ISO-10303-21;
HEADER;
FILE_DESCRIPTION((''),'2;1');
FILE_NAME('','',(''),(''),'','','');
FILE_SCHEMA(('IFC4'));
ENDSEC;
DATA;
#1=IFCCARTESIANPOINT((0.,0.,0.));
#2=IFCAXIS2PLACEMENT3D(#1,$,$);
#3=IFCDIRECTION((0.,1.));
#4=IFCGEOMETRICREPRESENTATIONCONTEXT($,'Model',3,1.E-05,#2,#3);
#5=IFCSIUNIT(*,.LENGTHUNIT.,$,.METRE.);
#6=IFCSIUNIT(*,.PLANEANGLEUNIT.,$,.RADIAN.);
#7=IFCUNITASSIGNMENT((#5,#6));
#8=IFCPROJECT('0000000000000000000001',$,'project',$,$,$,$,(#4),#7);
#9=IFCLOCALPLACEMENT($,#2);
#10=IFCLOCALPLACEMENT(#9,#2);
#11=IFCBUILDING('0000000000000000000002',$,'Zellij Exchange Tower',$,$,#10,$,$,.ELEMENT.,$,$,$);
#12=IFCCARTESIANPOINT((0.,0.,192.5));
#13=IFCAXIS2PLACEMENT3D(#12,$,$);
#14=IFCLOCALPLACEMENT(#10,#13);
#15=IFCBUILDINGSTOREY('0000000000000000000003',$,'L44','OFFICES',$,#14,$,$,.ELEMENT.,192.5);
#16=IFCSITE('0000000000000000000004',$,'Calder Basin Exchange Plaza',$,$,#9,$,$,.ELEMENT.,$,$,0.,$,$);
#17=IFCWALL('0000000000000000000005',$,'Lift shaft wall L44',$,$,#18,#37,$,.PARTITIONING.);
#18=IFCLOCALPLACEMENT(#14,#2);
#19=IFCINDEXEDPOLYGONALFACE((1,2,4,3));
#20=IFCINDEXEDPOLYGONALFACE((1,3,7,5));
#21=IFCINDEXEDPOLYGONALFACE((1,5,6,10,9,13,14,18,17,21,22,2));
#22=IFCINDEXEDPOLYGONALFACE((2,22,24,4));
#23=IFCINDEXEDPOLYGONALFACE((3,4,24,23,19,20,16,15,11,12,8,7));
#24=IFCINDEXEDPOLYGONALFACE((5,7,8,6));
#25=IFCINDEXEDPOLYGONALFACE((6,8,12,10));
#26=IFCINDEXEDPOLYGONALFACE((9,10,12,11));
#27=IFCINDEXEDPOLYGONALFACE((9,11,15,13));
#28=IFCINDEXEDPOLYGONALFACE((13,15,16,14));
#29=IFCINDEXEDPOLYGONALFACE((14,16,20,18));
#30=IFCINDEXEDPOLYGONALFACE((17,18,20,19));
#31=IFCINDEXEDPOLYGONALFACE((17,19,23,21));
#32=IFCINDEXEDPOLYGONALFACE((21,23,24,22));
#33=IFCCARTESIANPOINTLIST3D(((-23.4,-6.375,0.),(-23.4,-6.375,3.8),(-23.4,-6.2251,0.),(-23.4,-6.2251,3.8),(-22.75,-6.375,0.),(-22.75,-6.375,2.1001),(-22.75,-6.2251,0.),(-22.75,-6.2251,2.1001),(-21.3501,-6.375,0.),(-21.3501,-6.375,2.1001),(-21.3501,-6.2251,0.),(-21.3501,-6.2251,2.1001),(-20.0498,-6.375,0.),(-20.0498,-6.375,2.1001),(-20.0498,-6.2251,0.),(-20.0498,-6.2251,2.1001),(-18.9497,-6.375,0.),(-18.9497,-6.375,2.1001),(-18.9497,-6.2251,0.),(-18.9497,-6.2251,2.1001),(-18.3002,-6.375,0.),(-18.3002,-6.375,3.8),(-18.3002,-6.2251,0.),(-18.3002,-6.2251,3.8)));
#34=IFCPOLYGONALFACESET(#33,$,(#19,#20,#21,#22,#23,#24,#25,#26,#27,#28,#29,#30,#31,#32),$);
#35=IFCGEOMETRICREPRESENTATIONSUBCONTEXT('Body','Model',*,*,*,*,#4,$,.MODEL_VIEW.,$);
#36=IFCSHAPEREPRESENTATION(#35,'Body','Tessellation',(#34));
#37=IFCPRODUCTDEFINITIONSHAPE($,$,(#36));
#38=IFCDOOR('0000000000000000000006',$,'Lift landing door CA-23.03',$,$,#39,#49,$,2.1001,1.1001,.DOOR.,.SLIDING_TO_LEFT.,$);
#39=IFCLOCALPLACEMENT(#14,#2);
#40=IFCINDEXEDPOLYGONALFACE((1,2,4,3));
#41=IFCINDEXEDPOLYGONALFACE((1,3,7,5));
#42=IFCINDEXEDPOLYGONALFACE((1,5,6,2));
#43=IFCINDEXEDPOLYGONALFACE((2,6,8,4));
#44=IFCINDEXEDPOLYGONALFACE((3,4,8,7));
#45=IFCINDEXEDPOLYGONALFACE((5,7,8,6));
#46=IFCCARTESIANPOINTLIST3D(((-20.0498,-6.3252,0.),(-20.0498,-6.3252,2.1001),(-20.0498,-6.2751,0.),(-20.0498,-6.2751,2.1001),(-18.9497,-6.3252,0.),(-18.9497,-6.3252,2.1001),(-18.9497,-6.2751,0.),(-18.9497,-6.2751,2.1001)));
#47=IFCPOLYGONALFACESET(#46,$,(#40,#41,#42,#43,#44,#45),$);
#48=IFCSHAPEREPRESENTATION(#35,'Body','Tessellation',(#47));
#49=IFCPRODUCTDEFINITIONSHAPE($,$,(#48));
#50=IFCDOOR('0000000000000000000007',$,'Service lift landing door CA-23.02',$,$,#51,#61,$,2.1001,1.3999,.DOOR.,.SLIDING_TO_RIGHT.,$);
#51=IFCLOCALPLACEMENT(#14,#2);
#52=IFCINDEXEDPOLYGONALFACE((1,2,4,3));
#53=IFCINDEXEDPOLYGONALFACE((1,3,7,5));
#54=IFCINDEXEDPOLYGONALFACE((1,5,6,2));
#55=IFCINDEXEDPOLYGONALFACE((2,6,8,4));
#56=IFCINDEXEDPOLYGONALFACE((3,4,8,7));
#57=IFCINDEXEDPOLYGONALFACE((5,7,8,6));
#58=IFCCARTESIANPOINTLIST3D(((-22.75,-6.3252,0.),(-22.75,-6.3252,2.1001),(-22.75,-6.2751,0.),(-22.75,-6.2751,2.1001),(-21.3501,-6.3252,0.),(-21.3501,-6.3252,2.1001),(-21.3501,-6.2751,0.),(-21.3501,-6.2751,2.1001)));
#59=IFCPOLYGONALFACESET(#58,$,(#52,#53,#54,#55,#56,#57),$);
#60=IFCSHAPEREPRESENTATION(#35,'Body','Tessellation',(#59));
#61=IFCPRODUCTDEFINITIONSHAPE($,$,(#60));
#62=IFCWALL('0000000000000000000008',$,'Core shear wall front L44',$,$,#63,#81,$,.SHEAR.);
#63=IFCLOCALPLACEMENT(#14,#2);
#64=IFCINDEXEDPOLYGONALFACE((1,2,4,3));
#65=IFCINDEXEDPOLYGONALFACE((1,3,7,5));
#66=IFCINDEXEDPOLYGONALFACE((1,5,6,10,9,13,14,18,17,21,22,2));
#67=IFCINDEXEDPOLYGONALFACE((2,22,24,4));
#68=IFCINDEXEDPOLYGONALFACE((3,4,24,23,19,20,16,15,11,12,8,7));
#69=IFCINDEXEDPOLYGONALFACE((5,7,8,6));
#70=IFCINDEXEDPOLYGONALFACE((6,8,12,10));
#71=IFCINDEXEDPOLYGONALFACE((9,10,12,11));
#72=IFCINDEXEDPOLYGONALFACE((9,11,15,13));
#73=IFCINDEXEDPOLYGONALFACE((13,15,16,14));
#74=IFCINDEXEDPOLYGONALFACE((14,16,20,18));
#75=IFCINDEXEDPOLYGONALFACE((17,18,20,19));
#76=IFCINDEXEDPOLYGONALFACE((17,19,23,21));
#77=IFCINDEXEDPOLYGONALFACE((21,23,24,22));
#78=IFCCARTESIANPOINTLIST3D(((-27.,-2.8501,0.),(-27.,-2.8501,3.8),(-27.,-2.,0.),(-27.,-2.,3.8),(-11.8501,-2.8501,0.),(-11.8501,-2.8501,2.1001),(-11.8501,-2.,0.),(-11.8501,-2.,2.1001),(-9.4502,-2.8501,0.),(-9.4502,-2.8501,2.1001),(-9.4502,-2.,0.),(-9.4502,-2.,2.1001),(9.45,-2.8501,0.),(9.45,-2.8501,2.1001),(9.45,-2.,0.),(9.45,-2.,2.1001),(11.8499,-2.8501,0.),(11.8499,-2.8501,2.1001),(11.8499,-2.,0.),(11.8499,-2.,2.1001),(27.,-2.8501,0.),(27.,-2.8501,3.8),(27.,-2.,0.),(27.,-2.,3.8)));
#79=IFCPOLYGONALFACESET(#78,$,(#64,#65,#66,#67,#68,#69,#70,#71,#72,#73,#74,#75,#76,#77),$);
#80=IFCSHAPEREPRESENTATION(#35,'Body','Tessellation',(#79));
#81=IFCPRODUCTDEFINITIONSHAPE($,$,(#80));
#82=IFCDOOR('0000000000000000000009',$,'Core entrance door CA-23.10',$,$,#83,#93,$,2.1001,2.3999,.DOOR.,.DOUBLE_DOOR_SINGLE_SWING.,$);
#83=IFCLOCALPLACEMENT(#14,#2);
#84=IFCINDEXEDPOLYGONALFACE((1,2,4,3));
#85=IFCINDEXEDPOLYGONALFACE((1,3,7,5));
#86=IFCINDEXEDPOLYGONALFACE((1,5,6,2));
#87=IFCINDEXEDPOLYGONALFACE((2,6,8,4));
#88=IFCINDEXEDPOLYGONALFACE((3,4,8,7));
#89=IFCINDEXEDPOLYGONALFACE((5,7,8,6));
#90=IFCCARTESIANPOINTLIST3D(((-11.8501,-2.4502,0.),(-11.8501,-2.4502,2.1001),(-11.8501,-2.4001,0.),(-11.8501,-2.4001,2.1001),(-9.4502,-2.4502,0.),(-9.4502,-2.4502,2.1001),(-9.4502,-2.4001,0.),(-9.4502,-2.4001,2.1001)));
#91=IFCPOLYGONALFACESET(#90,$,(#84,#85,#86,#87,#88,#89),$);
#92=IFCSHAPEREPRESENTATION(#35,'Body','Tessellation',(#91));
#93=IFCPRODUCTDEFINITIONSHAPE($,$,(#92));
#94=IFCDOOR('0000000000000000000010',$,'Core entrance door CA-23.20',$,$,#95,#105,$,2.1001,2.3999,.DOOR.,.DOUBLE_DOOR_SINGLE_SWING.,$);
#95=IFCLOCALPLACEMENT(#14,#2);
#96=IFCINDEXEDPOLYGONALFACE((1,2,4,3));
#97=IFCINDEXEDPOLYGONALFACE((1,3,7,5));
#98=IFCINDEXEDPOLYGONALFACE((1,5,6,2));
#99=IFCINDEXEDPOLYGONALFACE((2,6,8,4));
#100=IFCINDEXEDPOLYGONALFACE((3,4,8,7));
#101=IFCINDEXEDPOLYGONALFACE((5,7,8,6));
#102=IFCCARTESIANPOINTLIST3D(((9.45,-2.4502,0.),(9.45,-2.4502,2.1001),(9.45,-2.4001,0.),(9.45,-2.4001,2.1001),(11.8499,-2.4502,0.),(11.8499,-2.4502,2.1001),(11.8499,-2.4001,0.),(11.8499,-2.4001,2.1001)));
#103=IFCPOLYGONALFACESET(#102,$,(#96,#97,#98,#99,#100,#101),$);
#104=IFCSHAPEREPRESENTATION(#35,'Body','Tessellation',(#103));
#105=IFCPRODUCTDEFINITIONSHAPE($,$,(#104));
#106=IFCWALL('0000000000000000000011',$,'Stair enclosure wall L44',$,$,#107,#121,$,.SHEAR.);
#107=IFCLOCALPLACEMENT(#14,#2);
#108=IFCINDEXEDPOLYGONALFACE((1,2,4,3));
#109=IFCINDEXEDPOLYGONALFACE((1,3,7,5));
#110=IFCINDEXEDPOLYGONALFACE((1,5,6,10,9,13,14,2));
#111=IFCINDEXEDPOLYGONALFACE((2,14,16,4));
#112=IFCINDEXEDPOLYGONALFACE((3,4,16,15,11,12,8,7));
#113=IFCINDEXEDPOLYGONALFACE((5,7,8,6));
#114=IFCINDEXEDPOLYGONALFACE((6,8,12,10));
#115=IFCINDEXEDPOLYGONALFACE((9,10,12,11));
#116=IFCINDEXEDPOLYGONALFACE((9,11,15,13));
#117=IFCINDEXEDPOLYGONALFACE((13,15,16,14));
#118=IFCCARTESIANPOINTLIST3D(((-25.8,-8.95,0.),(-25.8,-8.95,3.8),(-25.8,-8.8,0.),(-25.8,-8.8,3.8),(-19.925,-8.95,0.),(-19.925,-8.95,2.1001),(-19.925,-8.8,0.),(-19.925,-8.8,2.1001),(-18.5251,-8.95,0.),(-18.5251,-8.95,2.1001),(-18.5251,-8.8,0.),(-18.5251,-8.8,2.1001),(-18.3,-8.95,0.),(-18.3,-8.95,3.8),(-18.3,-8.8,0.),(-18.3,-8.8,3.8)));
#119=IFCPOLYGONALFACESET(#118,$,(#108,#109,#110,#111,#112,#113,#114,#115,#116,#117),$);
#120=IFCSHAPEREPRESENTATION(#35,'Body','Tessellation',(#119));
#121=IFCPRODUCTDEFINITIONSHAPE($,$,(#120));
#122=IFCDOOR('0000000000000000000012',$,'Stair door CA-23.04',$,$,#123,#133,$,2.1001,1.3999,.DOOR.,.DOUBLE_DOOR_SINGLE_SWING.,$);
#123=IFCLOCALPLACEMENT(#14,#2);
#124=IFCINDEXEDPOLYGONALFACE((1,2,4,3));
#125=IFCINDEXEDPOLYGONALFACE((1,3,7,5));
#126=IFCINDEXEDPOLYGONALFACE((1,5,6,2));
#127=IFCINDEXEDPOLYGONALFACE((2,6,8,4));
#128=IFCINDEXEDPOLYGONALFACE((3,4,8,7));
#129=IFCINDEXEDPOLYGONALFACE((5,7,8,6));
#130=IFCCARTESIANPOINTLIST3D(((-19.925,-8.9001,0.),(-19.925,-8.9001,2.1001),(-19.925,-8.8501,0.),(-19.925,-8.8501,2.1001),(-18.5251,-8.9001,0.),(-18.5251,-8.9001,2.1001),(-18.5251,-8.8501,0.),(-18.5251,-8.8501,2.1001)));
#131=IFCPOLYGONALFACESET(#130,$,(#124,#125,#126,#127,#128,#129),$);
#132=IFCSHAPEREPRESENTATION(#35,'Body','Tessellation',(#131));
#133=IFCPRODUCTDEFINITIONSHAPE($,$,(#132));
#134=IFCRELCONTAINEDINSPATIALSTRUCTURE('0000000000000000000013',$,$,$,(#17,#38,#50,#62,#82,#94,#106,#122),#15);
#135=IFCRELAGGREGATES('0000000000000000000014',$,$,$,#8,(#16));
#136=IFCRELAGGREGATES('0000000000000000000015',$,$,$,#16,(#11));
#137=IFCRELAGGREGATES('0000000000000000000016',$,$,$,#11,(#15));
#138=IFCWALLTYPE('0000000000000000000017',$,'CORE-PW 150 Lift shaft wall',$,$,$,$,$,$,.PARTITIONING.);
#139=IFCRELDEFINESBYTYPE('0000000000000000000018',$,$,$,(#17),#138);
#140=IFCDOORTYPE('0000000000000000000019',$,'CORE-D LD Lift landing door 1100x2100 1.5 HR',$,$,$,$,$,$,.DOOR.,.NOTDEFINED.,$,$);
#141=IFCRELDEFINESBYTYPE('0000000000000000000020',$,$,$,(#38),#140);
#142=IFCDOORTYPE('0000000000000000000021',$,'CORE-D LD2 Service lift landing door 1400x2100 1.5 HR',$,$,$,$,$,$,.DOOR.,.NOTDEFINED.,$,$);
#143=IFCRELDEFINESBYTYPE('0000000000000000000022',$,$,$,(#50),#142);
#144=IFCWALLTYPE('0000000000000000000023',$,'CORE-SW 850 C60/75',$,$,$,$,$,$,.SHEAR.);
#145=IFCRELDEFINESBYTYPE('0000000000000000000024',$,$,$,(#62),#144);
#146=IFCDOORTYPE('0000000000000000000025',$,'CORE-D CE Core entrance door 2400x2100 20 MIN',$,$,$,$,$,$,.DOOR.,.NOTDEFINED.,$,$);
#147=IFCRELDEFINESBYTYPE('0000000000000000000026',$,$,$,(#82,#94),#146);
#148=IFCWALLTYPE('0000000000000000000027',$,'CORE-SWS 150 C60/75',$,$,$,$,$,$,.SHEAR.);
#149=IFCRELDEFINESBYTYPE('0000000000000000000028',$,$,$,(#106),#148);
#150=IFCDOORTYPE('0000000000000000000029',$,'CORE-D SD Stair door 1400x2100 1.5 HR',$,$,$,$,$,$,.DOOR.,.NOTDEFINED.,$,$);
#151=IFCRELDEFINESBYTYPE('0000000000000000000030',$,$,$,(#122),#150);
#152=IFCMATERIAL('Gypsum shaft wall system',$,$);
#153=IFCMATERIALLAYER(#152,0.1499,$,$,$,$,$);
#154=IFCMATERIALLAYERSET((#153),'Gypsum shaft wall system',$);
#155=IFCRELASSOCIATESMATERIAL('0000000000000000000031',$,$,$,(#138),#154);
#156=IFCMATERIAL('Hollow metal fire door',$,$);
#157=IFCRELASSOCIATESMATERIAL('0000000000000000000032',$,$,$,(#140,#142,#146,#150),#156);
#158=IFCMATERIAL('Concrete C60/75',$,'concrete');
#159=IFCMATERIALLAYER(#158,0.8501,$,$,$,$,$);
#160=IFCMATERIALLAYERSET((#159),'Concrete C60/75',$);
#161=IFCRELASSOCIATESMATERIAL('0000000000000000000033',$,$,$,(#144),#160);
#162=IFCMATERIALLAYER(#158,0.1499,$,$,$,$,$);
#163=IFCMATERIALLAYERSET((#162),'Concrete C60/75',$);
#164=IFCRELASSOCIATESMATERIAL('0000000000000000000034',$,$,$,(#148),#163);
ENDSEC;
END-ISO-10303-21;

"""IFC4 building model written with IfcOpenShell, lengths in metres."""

from ifc_helpers import new_model, si_unit, direction, frame, frame_2d, origin, place, context, subcontext, project, spatial, rectangle, extrude, material, layer, layer_set, type_object, element, fill, save


model = new_model("IFC4")

# Units and contexts
model_context = context("Model", 3, precision=1e-05, world=origin(), true_north=direction((0.0, 1.0)))
body_context = subcontext(model_context, "Body", "Model", "MODEL_VIEW")
ifc_project = project(units=[si_unit("LENGTHUNIT", "METRE"), si_unit("PLANEANGLEUNIT", "RADIAN")], contexts=[model_context])

# Site, building, storey
site_placement = place(None, origin())
site = spatial("IfcSite", under=ifc_project, at=site_placement, Name="Calder Basin Exchange Plaza", CompositionType="ELEMENT", RefElevation=0.0)
building_placement = place(site_placement, origin())
building = spatial("IfcBuilding", under=site, at=building_placement, Name="Zellij Exchange Tower", CompositionType="ELEMENT")
storey_placement = place(building_placement, frame((0.0, 0.0, 192.5)))
storey = spatial("IfcBuildingStorey", under=building, at=storey_placement, Name="L44", Description="OFFICES", CompositionType="ELEMENT", Elevation=192.5)

# Shared definitions
ifc_material_1 = material(Name="Hollow metal fire door")

# Shared definitions
ifc_material_2 = material(Name="Gypsum shaft wall system")
ifc_layer_1 = layer(ifc_material_2, 0.1499)
ifc_layer_set_1 = layer_set([ifc_layer_1], Name="Gypsum shaft wall system")
wall_type_1 = type_object("IfcWallType", Name="CORE-PW 150 Lift shaft wall", PredefinedType="PARTITIONING", material=ifc_layer_set_1)

# Walls, openings, doors
wall_1_placement = place(storey_placement, frame((-23.3999, -6.3, 0.0), z_axis=(0.0, 0.0, 1.0), x_axis=(1.0, 0.0, 0.0)))
wall_1 = element("IfcWall", 1, at=wall_1_placement, inside=storey, type_object=wall_type_1, Name="Lift shaft wall L44", PredefinedType="PARTITIONING", context=body_context, shape_type="SweptSolid", body=[
    extrude(rectangle(XDim=5.0999, YDim=0.1499, at=frame_2d((2.5498, 0.0))), origin(), (0.0, 0.0, 1.0), 3.8),
])
opening_1_placement = place(wall_1_placement, frame((0.6499, 0.0, 0.0)))
opening_1 = element("IfcOpeningElement", 2, at=opening_1_placement, cuts=wall_1, PredefinedType="OPENING", context=body_context, shape_type="SweptSolid", body=[
    extrude(rectangle(XDim=1.3999, YDim=2.1001, at=frame_2d((0.7, 1.05))), frame((0.0, 0.0869, 0.0), z_axis=(0.0, -1.0, 0.0), x_axis=(1.0, 0.0, 0.0)), (0.0, 0.0, 1.0), 0.1738),
])
opening_2_placement = place(wall_1_placement, frame((3.3501, 0.0, 0.0)))
opening_2 = element("IfcOpeningElement", 3, at=opening_2_placement, cuts=wall_1, PredefinedType="OPENING", context=body_context, shape_type="SweptSolid", body=[
    extrude(rectangle(XDim=1.1001, YDim=2.1001, at=frame_2d((0.55, 1.05))), frame((0.0, 0.0869, 0.0), z_axis=(0.0, -1.0, 0.0), x_axis=(1.0, 0.0, 0.0)), (0.0, 0.0, 1.0), 0.1738),
])
door_type_1 = type_object("IfcDoorType", Name="CORE-D LD Lift landing door 1100x2100 1.5 HR", OperationType="NOTDEFINED", PredefinedType="DOOR", material=ifc_material_1)
door_1_placement = place(opening_2_placement, origin())
door_1 = element("IfcDoor", 4, at=door_1_placement, inside=storey, type_object=door_type_1, Name="Lift landing door CA-23.03", OperationType="SLIDING_TO_LEFT", OverallHeight=2.1001, OverallWidth=1.1001, PredefinedType="DOOR", context=body_context, shape_type="SweptSolid", body=[
    extrude(rectangle(XDim=1.1001, YDim=2.1001, at=frame_2d((0.55, 1.05))), frame((0.0, 0.0249, 0.0), z_axis=(0.0, -1.0, 0.0), x_axis=(1.0, 0.0, 0.0)), (0.0, 0.0, 1.0), 0.05),
])
fill(opening_2, door_1)
door_type_2 = type_object("IfcDoorType", Name="CORE-D LD2 Service lift landing door 1400x2100 1.5 HR", OperationType="NOTDEFINED", PredefinedType="DOOR", material=ifc_material_1)
door_2_placement = place(opening_1_placement, origin())
door_2 = element("IfcDoor", 5, at=door_2_placement, inside=storey, type_object=door_type_2, Name="Service lift landing door CA-23.02", OperationType="SLIDING_TO_RIGHT", OverallHeight=2.1001, OverallWidth=1.3999, PredefinedType="DOOR", context=body_context, shape_type="SweptSolid", body=[
    extrude(rectangle(XDim=1.3999, YDim=2.1001, at=frame_2d((0.7, 1.05))), frame((0.0, 0.0249, 0.0), z_axis=(0.0, -1.0, 0.0), x_axis=(1.0, 0.0, 0.0)), (0.0, 0.0, 1.0), 0.05),
])
fill(opening_1, door_2)
ifc_material_3 = material(Name="Concrete C60/75", Category="concrete")
ifc_layer_2 = layer(ifc_material_3, 0.8501)
ifc_layer_set_2 = layer_set([ifc_layer_2], Name="Concrete C60/75")
wall_type_2 = type_object("IfcWallType", Name="CORE-SW 850 C60/75", PredefinedType="SHEAR", material=ifc_layer_set_2)
wall_2_placement = place(storey_placement, frame((-27.0, -2.425, 0.0), z_axis=(0.0, 0.0, 1.0), x_axis=(1.0, 0.0, 0.0)))
wall_2 = element("IfcWall", 6, at=wall_2_placement, inside=storey, type_object=wall_type_2, Name="Core shear wall front L44", PredefinedType="SHEAR", context=body_context, shape_type="SweptSolid", body=[
    extrude(rectangle(XDim=54.0, YDim=0.8501, at=frame_2d((27.0, 0.0))), origin(), (0.0, 0.0, 1.0), 3.8),
])
opening_3_placement = place(wall_2_placement, frame((15.1499, 0.0, 0.0)))
opening_3 = element("IfcOpeningElement", 7, at=opening_3_placement, cuts=wall_2, PredefinedType="OPENING", context=body_context, shape_type="SweptSolid", body=[
    extrude(rectangle(XDim=2.3999, YDim=2.1001, at=frame_2d((1.2, 1.05))), frame((0.0, 0.437, 0.0), z_axis=(0.0, -1.0, 0.0), x_axis=(1.0, 0.0, 0.0)), (0.0, 0.0, 1.0), 0.874),
])
opening_4_placement = place(wall_2_placement, frame((36.45, 0.0, 0.0)))
opening_4 = element("IfcOpeningElement", 8, at=opening_4_placement, cuts=wall_2, PredefinedType="OPENING", context=body_context, shape_type="SweptSolid", body=[
    extrude(rectangle(XDim=2.3999, YDim=2.1001, at=frame_2d((1.2, 1.05))), frame((0.0, 0.437, 0.0), z_axis=(0.0, -1.0, 0.0), x_axis=(1.0, 0.0, 0.0)), (0.0, 0.0, 1.0), 0.874),
])
door_type_3 = type_object("IfcDoorType", Name="CORE-D CE Core entrance door 2400x2100 20 MIN", OperationType="NOTDEFINED", PredefinedType="DOOR", material=ifc_material_1)
door_3_placement = place(opening_3_placement, origin())
door_3 = element("IfcDoor", 9, at=door_3_placement, inside=storey, type_object=door_type_3, Name="Core entrance door CA-23.10", OperationType="DOUBLE_DOOR_SINGLE_SWING", OverallHeight=2.1001, OverallWidth=2.3999, PredefinedType="DOOR", context=body_context, shape_type="SweptSolid", body=[
    extrude(rectangle(XDim=2.3999, YDim=2.1001, at=frame_2d((1.2, 1.05))), frame((0.0, 0.0249, 0.0), z_axis=(0.0, -1.0, 0.0), x_axis=(1.0, 0.0, 0.0)), (0.0, 0.0, 1.0), 0.05),
])
fill(opening_3, door_3)
door_4_placement = place(opening_4_placement, origin())
door_4 = element("IfcDoor", 10, at=door_4_placement, inside=storey, type_object=door_type_3, Name="Core entrance door CA-23.20", OperationType="DOUBLE_DOOR_SINGLE_SWING", OverallHeight=2.1001, OverallWidth=2.3999, PredefinedType="DOOR", context=body_context, shape_type="SweptSolid", body=[
    extrude(rectangle(XDim=2.3999, YDim=2.1001, at=frame_2d((1.2, 1.05))), frame((0.0, 0.0249, 0.0), z_axis=(0.0, -1.0, 0.0), x_axis=(1.0, 0.0, 0.0)), (0.0, 0.0, 1.0), 0.05),
])
fill(opening_4, door_4)

# Wall, opening, door
ifc_layer_3 = layer(ifc_material_3, 0.1499)
ifc_layer_set_3 = layer_set([ifc_layer_3], Name="Concrete C60/75")
wall_type_3 = type_object("IfcWallType", Name="CORE-SWS 150 C60/75", PredefinedType="SHEAR", material=ifc_layer_set_3)
wall_3_placement = place(storey_placement, frame((-25.8, -8.875, 0.0), z_axis=(0.0, 0.0, 1.0), x_axis=(1.0, 0.0, 0.0)))
wall_3 = element("IfcWall", 11, at=wall_3_placement, inside=storey, type_object=wall_type_3, Name="Stair enclosure wall L44", PredefinedType="SHEAR", context=body_context, shape_type="SweptSolid", body=[
    extrude(rectangle(XDim=7.5, YDim=0.1499, at=frame_2d((3.75, 0.0))), origin(), (0.0, 0.0, 1.0), 3.8),
])
opening_5_placement = place(wall_3_placement, frame((5.875, 0.0, 0.0)))
opening_5 = element("IfcOpeningElement", 12, at=opening_5_placement, cuts=wall_3, PredefinedType="OPENING", context=body_context, shape_type="SweptSolid", body=[
    extrude(rectangle(XDim=1.3999, YDim=2.1001, at=frame_2d((0.7, 1.05))), frame((0.0, 0.0869, 0.0), z_axis=(0.0, -1.0, 0.0), x_axis=(1.0, 0.0, 0.0)), (0.0, 0.0, 1.0), 0.1738),
])
door_type_4 = type_object("IfcDoorType", Name="CORE-D SD Stair door 1400x2100 1.5 HR", OperationType="NOTDEFINED", PredefinedType="DOOR", material=ifc_material_1)
door_5_placement = place(opening_5_placement, origin())
door_5 = element("IfcDoor", 13, at=door_5_placement, inside=storey, type_object=door_type_4, Name="Stair door CA-23.04", OperationType="DOUBLE_DOOR_SINGLE_SWING", OverallHeight=2.1001, OverallWidth=1.3999, PredefinedType="DOOR", context=body_context, shape_type="SweptSolid", body=[
    extrude(rectangle(XDim=1.3999, YDim=2.1001, at=frame_2d((0.7, 1.05))), frame((0.0, 0.0249, 0.0), z_axis=(0.0, -1.0, 0.0), x_axis=(1.0, 0.0, 0.0)), (0.0, 0.0, 1.0), 0.05),
])
fill(opening_5, door_5)

save(model, "model.ifc")
